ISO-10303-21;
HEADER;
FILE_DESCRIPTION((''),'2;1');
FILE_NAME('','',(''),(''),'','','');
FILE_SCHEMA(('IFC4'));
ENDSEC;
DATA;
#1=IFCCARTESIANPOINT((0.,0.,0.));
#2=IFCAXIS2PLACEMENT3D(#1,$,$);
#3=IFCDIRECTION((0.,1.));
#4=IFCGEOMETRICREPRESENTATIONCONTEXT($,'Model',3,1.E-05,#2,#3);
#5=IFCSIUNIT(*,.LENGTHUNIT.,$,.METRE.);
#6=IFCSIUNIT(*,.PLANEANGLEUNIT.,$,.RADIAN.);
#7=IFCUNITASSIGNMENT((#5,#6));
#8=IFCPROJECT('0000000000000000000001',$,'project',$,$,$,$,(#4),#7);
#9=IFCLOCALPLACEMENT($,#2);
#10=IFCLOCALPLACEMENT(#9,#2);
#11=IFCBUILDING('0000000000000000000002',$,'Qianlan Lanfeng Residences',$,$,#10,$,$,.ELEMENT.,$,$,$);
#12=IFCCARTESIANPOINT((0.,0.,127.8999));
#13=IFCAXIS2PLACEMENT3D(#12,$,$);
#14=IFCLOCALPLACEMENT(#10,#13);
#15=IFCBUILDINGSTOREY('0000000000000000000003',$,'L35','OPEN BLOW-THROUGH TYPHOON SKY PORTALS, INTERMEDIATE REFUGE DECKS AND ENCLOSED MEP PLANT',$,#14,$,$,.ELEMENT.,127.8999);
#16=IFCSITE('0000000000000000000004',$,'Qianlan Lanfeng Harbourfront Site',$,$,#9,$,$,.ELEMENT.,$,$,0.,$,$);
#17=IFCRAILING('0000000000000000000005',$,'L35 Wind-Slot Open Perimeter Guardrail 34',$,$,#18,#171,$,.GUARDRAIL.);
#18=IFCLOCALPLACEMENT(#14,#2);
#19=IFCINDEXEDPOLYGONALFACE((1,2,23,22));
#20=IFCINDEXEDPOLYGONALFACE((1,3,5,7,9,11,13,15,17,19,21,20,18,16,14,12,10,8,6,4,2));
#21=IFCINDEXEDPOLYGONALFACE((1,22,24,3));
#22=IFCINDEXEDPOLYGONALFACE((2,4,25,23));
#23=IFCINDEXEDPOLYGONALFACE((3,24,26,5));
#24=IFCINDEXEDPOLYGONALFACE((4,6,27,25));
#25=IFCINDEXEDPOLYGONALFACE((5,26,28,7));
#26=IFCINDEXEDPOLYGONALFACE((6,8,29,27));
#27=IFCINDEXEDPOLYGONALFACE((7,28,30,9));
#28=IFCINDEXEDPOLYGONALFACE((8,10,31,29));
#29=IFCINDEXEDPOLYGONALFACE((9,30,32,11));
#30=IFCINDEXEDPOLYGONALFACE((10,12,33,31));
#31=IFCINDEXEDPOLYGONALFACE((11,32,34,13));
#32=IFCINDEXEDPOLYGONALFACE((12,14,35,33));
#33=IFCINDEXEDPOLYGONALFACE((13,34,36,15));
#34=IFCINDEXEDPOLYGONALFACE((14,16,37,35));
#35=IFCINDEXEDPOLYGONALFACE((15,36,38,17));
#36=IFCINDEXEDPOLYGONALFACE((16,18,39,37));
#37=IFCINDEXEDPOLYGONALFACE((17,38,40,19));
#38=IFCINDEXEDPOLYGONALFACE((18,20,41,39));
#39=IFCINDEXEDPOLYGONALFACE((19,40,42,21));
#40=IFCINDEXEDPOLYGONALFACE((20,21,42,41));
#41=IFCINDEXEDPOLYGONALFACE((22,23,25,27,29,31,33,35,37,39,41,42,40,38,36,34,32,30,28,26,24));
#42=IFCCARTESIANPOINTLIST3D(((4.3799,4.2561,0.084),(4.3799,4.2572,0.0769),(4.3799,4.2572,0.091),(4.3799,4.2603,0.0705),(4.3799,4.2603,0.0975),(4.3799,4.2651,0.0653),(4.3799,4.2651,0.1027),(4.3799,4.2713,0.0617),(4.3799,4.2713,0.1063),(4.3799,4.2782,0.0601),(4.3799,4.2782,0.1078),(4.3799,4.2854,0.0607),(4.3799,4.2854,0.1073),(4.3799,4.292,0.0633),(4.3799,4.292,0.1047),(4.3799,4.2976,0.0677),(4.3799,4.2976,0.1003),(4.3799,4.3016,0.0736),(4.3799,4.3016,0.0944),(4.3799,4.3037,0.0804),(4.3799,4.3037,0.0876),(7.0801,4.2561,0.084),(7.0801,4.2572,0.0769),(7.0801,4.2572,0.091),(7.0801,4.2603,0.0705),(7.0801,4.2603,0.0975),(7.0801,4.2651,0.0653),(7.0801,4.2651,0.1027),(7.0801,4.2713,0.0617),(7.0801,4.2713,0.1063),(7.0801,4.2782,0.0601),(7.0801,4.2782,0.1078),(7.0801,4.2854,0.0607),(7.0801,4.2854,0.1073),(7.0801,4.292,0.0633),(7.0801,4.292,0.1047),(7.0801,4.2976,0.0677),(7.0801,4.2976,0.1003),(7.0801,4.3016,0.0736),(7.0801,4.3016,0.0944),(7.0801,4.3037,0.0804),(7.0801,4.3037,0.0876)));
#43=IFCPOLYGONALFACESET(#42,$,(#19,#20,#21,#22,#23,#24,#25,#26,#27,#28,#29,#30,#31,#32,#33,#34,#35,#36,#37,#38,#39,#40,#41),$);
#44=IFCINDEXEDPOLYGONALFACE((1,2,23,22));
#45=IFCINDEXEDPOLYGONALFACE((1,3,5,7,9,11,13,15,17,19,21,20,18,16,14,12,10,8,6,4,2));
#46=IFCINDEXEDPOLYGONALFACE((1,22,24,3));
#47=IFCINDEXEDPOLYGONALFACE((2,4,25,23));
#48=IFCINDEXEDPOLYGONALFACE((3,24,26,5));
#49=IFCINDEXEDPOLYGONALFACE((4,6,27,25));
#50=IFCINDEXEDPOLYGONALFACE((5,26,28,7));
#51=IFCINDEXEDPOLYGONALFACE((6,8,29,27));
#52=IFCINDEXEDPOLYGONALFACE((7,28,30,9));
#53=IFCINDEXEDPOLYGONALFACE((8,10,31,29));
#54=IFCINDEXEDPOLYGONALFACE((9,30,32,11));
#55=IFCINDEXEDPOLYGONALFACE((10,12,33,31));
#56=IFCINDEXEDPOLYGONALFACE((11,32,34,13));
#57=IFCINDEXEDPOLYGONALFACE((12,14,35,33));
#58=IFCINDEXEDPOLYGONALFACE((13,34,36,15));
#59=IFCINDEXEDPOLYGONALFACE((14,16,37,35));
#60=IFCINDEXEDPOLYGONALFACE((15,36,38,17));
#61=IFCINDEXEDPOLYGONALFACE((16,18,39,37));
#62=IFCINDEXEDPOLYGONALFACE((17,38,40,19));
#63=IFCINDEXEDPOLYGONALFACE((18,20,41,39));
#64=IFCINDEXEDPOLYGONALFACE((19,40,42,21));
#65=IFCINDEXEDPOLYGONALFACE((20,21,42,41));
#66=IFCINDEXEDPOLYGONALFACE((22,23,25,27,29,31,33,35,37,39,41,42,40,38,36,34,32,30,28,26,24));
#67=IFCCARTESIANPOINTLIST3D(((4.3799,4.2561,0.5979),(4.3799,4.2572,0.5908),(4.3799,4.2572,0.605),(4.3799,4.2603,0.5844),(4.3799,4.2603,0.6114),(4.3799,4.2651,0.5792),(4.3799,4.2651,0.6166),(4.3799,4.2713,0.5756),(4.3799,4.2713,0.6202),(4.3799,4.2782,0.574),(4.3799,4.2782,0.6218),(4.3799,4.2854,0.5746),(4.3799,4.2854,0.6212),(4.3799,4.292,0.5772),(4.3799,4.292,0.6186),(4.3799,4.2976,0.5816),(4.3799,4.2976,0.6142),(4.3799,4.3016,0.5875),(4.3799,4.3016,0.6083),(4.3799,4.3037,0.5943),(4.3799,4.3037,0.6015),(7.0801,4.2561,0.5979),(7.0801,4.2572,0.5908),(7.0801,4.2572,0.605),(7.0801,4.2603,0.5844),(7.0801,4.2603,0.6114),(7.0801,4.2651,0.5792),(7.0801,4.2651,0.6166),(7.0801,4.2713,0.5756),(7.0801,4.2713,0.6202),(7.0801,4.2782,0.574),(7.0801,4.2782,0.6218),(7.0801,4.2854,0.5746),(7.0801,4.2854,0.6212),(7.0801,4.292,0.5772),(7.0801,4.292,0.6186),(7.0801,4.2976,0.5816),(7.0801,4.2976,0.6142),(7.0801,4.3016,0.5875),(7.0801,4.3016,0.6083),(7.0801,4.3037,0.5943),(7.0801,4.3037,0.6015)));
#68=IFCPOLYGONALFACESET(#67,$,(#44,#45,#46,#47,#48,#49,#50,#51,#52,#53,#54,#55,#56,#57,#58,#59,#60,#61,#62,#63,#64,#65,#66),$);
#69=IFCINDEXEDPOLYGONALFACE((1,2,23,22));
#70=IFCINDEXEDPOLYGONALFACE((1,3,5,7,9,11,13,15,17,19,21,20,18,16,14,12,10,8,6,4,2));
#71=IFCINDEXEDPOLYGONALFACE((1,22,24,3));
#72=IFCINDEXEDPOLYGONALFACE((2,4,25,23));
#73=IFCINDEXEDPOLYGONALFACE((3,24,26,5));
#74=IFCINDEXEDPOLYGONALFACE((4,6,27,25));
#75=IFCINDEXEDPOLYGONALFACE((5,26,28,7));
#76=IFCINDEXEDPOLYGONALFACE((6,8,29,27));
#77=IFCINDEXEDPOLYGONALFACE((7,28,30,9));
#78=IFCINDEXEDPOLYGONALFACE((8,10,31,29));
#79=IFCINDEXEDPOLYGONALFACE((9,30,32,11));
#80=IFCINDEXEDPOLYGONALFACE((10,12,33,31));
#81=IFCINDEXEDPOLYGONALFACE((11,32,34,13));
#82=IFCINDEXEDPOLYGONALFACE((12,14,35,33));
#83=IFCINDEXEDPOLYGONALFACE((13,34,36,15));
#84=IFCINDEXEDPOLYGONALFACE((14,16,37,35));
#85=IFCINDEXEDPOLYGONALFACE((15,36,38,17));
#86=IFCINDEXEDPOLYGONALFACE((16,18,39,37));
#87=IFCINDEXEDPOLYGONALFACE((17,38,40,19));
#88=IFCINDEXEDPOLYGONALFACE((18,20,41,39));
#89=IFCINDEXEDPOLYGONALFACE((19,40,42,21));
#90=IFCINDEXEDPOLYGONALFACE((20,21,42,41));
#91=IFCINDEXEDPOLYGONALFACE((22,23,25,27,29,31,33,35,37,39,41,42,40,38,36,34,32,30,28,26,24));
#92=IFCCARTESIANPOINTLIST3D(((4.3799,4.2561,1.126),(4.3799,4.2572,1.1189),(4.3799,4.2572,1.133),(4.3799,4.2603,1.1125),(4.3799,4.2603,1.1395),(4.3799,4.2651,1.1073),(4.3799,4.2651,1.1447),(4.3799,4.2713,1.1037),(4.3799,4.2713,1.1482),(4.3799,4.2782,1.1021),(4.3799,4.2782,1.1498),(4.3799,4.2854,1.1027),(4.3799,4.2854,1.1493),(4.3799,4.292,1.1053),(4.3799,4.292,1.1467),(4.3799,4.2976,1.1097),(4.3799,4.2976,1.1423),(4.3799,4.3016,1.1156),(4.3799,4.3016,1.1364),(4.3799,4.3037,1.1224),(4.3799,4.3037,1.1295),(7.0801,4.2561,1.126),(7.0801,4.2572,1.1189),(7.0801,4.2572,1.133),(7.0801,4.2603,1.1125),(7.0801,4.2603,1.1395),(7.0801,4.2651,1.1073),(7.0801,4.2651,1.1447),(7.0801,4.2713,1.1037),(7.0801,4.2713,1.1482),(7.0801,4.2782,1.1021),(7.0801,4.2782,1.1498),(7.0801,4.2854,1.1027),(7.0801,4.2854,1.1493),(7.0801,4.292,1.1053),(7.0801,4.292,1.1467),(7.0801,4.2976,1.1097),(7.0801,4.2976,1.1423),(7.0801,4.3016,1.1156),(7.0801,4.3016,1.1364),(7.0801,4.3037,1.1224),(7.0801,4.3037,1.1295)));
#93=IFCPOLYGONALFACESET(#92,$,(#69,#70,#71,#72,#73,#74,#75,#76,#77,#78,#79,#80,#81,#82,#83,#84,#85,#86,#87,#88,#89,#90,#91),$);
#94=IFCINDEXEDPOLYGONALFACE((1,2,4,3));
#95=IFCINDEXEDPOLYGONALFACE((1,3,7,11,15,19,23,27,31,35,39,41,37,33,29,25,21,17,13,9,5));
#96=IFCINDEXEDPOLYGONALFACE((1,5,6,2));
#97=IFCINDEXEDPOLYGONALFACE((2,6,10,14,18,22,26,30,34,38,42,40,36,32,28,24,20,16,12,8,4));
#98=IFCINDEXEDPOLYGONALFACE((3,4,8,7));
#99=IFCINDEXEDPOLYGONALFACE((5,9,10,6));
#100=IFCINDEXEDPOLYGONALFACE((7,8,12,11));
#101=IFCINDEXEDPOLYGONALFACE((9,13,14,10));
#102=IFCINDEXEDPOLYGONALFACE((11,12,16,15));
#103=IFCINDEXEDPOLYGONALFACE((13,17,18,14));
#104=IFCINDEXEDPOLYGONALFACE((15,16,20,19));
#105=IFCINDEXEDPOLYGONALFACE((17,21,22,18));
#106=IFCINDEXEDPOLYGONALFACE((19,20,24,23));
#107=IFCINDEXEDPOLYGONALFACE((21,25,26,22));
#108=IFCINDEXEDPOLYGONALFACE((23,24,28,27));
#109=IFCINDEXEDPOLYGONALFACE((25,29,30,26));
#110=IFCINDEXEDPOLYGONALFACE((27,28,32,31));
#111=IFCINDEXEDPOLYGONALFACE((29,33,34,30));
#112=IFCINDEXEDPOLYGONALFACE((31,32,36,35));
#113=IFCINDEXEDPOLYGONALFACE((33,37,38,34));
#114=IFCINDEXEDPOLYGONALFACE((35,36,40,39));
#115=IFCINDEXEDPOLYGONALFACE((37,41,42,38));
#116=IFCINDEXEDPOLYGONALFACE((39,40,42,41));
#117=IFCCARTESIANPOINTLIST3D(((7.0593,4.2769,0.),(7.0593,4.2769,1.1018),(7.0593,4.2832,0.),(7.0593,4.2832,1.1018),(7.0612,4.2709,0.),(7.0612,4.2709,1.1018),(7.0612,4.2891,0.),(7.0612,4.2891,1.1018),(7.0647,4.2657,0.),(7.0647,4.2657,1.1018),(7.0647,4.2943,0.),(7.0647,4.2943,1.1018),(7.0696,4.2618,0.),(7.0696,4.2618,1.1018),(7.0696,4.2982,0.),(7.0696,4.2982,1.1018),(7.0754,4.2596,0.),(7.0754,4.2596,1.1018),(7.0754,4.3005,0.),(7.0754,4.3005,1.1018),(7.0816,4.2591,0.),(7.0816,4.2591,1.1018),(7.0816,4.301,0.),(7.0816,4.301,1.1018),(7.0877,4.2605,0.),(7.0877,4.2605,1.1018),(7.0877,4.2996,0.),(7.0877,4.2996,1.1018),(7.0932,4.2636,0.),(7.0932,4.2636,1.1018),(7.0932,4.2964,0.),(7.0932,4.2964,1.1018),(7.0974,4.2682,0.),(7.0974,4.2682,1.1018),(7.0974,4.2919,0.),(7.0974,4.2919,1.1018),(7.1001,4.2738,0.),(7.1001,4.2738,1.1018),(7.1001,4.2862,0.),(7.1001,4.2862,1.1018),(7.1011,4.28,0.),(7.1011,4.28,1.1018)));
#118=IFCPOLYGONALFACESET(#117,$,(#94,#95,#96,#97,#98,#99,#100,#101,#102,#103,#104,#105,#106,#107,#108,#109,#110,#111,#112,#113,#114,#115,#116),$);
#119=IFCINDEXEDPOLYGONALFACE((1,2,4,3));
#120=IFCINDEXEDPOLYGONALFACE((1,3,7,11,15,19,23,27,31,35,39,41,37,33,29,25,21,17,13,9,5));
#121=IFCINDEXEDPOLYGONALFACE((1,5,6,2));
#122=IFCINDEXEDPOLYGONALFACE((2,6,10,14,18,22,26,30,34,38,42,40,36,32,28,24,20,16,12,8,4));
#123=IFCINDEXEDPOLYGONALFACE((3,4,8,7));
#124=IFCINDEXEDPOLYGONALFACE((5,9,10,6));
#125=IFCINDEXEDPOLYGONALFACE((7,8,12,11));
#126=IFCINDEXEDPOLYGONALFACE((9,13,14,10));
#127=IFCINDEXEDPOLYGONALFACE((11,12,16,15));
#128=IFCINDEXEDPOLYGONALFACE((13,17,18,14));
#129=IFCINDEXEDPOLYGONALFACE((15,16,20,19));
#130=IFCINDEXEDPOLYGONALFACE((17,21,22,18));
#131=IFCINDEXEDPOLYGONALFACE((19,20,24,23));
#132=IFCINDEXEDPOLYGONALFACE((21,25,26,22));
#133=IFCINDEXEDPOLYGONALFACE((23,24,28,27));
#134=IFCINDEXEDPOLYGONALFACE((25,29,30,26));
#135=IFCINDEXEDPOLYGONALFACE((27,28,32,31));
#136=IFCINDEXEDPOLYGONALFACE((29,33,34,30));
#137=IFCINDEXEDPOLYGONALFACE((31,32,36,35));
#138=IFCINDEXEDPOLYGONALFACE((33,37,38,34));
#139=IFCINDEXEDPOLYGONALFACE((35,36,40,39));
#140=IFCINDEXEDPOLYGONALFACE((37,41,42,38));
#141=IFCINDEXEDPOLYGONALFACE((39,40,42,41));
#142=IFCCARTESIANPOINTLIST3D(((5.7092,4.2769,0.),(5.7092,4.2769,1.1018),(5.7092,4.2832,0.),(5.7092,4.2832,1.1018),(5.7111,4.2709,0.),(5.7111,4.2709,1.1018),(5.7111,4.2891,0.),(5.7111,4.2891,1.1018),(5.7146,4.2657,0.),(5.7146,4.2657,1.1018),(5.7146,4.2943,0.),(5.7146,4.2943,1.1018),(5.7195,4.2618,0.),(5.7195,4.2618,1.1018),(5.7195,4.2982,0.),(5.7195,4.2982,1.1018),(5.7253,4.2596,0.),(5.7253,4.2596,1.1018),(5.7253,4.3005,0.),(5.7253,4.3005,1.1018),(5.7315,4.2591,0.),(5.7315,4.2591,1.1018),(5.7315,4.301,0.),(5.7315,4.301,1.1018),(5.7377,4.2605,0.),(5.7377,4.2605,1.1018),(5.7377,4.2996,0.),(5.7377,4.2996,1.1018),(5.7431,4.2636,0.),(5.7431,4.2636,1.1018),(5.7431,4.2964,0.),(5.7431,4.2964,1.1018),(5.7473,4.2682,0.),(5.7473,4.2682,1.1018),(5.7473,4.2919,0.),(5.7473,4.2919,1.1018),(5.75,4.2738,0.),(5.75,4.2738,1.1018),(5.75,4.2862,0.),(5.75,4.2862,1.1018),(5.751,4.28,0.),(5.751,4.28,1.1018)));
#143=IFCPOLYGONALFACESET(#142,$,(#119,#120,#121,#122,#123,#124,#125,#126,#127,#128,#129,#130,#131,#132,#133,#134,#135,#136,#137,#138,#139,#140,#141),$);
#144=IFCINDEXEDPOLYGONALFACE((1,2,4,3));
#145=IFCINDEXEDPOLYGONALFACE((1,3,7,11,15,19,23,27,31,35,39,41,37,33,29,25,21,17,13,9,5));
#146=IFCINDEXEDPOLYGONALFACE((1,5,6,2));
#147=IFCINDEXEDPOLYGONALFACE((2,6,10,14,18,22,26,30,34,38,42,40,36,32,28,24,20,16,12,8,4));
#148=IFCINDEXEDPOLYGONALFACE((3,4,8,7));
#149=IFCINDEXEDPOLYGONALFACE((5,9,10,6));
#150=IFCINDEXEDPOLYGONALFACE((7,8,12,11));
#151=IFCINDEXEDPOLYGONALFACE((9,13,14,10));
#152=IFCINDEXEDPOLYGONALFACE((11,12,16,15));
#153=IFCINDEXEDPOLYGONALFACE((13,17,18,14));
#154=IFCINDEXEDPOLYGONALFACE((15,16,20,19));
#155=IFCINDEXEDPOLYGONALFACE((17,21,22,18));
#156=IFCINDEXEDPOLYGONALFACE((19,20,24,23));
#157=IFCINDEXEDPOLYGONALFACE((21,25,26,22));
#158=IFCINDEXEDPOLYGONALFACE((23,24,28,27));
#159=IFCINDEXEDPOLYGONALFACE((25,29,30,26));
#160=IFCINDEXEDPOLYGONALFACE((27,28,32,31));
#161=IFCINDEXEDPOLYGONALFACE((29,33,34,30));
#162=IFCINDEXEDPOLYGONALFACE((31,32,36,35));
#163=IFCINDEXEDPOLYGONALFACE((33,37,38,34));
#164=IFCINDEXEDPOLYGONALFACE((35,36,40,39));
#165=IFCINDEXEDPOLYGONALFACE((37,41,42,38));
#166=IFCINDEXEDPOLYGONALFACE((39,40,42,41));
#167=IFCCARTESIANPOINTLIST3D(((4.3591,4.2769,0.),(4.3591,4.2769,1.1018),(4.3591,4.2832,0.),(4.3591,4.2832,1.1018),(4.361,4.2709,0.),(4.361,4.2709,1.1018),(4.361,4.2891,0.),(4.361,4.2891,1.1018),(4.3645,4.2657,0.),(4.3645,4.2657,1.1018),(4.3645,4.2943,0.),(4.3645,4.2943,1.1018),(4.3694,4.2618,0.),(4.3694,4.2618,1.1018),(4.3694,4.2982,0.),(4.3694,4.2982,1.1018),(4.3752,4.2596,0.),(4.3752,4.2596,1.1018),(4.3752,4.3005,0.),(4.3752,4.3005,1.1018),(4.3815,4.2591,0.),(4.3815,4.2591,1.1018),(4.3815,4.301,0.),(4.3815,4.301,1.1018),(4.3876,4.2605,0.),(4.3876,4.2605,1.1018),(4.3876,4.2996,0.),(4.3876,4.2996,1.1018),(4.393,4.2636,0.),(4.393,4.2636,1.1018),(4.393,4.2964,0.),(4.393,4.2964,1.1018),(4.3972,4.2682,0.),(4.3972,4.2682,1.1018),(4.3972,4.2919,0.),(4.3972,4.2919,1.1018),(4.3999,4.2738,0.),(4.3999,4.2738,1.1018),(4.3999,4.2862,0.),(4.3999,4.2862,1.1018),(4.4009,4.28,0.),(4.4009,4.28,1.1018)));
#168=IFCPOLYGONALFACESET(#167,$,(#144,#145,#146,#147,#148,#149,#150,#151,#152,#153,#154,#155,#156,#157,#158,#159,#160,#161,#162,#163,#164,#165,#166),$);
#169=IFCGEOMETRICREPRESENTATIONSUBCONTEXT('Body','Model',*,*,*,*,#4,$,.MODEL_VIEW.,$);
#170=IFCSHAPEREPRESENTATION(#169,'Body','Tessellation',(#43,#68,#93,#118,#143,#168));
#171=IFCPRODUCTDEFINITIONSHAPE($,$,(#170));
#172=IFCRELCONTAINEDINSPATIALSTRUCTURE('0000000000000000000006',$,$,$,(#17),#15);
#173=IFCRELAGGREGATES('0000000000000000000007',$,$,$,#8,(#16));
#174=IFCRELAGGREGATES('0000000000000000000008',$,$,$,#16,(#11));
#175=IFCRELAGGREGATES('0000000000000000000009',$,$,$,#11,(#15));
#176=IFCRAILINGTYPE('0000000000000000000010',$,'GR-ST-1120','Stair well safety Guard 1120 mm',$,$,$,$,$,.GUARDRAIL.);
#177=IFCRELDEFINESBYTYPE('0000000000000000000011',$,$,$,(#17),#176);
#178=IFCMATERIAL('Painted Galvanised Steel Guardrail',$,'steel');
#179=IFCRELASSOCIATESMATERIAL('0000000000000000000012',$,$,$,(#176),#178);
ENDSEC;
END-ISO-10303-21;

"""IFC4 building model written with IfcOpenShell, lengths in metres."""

from ifc_helpers import new_model, si_unit, direction, frame, origin, origin_2d, place, context, subcontext, project, spatial, circle, extrude, material, type_object, element, save


model = new_model("IFC4")

# Units and contexts
model_context = context("Model", 3, precision=1e-05, world=origin(), true_north=direction((0.0, 1.0)))
body_context = subcontext(model_context, "Body", "Model", "MODEL_VIEW")
ifc_project = project(units=[si_unit("LENGTHUNIT", "METRE"), si_unit("PLANEANGLEUNIT", "RADIAN")], contexts=[model_context])

# Site, building, storey
site_placement = place(None, origin())
site = spatial("IfcSite", under=ifc_project, at=site_placement, Name="Qianlan Lanfeng Harbourfront Site", CompositionType="ELEMENT", RefElevation=0.0)
building_placement = place(site_placement, origin())
building = spatial("IfcBuilding", under=site, at=building_placement, Name="Qianlan Lanfeng Residences", CompositionType="ELEMENT")
storey_placement = place(building_placement, frame((0.0, 0.0, 127.8999)))
storey = spatial("IfcBuildingStorey", under=building, at=storey_placement, Name="L35", Description="OPEN BLOW-THROUGH TYPHOON SKY PORTALS, INTERMEDIATE REFUGE DECKS AND ENCLOSED MEP PLANT", CompositionType="ELEMENT", Elevation=127.8999)

# Railing
ifc_material_1 = material(Name="Painted Galvanised Steel Guardrail", Category="steel")
railing_type = type_object("IfcRailingType", Name="GR-ST-1120", Description="Stair well safety Guard 1120 mm", PredefinedType="GUARDRAIL", material=ifc_material_1)
railing_1_placement = place(storey_placement, frame((7.0801, 4.28, 0.0)))
element("IfcRailing", 1, at=railing_1_placement, inside=storey, type_object=railing_type, Name="L35 Wind-Slot Open Perimeter Guardrail 34", PredefinedType="GUARDRAIL", context=body_context, shape_type="SweptSolid", body=[
    extrude(circle(Radius=0.0239, at=origin_2d()), frame((0.0, 0.0, 0.084), z_axis=(-1.0, 0.0, 0.0), x_axis=(0.0, -1.0, 0.0)), (0.0, 0.0, 1.0), 2.7002),
    extrude(circle(Radius=0.0239, at=origin_2d()), frame((0.0, 0.0, 0.5979), z_axis=(-1.0, 0.0, 0.0), x_axis=(0.0, -1.0, 0.0)), (0.0, 0.0, 1.0), 2.7002),
    extrude(circle(Radius=0.0239, at=origin_2d()), frame((0.0, 0.0, 1.126), z_axis=(-1.0, 0.0, 0.0), x_axis=(0.0, -1.0, 0.0)), (0.0, 0.0, 1.0), 2.7002),
    extrude(circle(Radius=0.021, at=origin_2d()), origin(), (0.0, 0.0, 1.0), 1.1018),
    extrude(circle(Radius=0.021, at=origin_2d()), frame((-1.3501, 0.0, 0.0)), (0.0, 0.0, 1.0), 1.1018),
    extrude(circle(Radius=0.021, at=origin_2d()), frame((-2.7002, 0.0, 0.0)), (0.0, 0.0, 1.0), 1.1018),
])

save(model, "model.ifc")
